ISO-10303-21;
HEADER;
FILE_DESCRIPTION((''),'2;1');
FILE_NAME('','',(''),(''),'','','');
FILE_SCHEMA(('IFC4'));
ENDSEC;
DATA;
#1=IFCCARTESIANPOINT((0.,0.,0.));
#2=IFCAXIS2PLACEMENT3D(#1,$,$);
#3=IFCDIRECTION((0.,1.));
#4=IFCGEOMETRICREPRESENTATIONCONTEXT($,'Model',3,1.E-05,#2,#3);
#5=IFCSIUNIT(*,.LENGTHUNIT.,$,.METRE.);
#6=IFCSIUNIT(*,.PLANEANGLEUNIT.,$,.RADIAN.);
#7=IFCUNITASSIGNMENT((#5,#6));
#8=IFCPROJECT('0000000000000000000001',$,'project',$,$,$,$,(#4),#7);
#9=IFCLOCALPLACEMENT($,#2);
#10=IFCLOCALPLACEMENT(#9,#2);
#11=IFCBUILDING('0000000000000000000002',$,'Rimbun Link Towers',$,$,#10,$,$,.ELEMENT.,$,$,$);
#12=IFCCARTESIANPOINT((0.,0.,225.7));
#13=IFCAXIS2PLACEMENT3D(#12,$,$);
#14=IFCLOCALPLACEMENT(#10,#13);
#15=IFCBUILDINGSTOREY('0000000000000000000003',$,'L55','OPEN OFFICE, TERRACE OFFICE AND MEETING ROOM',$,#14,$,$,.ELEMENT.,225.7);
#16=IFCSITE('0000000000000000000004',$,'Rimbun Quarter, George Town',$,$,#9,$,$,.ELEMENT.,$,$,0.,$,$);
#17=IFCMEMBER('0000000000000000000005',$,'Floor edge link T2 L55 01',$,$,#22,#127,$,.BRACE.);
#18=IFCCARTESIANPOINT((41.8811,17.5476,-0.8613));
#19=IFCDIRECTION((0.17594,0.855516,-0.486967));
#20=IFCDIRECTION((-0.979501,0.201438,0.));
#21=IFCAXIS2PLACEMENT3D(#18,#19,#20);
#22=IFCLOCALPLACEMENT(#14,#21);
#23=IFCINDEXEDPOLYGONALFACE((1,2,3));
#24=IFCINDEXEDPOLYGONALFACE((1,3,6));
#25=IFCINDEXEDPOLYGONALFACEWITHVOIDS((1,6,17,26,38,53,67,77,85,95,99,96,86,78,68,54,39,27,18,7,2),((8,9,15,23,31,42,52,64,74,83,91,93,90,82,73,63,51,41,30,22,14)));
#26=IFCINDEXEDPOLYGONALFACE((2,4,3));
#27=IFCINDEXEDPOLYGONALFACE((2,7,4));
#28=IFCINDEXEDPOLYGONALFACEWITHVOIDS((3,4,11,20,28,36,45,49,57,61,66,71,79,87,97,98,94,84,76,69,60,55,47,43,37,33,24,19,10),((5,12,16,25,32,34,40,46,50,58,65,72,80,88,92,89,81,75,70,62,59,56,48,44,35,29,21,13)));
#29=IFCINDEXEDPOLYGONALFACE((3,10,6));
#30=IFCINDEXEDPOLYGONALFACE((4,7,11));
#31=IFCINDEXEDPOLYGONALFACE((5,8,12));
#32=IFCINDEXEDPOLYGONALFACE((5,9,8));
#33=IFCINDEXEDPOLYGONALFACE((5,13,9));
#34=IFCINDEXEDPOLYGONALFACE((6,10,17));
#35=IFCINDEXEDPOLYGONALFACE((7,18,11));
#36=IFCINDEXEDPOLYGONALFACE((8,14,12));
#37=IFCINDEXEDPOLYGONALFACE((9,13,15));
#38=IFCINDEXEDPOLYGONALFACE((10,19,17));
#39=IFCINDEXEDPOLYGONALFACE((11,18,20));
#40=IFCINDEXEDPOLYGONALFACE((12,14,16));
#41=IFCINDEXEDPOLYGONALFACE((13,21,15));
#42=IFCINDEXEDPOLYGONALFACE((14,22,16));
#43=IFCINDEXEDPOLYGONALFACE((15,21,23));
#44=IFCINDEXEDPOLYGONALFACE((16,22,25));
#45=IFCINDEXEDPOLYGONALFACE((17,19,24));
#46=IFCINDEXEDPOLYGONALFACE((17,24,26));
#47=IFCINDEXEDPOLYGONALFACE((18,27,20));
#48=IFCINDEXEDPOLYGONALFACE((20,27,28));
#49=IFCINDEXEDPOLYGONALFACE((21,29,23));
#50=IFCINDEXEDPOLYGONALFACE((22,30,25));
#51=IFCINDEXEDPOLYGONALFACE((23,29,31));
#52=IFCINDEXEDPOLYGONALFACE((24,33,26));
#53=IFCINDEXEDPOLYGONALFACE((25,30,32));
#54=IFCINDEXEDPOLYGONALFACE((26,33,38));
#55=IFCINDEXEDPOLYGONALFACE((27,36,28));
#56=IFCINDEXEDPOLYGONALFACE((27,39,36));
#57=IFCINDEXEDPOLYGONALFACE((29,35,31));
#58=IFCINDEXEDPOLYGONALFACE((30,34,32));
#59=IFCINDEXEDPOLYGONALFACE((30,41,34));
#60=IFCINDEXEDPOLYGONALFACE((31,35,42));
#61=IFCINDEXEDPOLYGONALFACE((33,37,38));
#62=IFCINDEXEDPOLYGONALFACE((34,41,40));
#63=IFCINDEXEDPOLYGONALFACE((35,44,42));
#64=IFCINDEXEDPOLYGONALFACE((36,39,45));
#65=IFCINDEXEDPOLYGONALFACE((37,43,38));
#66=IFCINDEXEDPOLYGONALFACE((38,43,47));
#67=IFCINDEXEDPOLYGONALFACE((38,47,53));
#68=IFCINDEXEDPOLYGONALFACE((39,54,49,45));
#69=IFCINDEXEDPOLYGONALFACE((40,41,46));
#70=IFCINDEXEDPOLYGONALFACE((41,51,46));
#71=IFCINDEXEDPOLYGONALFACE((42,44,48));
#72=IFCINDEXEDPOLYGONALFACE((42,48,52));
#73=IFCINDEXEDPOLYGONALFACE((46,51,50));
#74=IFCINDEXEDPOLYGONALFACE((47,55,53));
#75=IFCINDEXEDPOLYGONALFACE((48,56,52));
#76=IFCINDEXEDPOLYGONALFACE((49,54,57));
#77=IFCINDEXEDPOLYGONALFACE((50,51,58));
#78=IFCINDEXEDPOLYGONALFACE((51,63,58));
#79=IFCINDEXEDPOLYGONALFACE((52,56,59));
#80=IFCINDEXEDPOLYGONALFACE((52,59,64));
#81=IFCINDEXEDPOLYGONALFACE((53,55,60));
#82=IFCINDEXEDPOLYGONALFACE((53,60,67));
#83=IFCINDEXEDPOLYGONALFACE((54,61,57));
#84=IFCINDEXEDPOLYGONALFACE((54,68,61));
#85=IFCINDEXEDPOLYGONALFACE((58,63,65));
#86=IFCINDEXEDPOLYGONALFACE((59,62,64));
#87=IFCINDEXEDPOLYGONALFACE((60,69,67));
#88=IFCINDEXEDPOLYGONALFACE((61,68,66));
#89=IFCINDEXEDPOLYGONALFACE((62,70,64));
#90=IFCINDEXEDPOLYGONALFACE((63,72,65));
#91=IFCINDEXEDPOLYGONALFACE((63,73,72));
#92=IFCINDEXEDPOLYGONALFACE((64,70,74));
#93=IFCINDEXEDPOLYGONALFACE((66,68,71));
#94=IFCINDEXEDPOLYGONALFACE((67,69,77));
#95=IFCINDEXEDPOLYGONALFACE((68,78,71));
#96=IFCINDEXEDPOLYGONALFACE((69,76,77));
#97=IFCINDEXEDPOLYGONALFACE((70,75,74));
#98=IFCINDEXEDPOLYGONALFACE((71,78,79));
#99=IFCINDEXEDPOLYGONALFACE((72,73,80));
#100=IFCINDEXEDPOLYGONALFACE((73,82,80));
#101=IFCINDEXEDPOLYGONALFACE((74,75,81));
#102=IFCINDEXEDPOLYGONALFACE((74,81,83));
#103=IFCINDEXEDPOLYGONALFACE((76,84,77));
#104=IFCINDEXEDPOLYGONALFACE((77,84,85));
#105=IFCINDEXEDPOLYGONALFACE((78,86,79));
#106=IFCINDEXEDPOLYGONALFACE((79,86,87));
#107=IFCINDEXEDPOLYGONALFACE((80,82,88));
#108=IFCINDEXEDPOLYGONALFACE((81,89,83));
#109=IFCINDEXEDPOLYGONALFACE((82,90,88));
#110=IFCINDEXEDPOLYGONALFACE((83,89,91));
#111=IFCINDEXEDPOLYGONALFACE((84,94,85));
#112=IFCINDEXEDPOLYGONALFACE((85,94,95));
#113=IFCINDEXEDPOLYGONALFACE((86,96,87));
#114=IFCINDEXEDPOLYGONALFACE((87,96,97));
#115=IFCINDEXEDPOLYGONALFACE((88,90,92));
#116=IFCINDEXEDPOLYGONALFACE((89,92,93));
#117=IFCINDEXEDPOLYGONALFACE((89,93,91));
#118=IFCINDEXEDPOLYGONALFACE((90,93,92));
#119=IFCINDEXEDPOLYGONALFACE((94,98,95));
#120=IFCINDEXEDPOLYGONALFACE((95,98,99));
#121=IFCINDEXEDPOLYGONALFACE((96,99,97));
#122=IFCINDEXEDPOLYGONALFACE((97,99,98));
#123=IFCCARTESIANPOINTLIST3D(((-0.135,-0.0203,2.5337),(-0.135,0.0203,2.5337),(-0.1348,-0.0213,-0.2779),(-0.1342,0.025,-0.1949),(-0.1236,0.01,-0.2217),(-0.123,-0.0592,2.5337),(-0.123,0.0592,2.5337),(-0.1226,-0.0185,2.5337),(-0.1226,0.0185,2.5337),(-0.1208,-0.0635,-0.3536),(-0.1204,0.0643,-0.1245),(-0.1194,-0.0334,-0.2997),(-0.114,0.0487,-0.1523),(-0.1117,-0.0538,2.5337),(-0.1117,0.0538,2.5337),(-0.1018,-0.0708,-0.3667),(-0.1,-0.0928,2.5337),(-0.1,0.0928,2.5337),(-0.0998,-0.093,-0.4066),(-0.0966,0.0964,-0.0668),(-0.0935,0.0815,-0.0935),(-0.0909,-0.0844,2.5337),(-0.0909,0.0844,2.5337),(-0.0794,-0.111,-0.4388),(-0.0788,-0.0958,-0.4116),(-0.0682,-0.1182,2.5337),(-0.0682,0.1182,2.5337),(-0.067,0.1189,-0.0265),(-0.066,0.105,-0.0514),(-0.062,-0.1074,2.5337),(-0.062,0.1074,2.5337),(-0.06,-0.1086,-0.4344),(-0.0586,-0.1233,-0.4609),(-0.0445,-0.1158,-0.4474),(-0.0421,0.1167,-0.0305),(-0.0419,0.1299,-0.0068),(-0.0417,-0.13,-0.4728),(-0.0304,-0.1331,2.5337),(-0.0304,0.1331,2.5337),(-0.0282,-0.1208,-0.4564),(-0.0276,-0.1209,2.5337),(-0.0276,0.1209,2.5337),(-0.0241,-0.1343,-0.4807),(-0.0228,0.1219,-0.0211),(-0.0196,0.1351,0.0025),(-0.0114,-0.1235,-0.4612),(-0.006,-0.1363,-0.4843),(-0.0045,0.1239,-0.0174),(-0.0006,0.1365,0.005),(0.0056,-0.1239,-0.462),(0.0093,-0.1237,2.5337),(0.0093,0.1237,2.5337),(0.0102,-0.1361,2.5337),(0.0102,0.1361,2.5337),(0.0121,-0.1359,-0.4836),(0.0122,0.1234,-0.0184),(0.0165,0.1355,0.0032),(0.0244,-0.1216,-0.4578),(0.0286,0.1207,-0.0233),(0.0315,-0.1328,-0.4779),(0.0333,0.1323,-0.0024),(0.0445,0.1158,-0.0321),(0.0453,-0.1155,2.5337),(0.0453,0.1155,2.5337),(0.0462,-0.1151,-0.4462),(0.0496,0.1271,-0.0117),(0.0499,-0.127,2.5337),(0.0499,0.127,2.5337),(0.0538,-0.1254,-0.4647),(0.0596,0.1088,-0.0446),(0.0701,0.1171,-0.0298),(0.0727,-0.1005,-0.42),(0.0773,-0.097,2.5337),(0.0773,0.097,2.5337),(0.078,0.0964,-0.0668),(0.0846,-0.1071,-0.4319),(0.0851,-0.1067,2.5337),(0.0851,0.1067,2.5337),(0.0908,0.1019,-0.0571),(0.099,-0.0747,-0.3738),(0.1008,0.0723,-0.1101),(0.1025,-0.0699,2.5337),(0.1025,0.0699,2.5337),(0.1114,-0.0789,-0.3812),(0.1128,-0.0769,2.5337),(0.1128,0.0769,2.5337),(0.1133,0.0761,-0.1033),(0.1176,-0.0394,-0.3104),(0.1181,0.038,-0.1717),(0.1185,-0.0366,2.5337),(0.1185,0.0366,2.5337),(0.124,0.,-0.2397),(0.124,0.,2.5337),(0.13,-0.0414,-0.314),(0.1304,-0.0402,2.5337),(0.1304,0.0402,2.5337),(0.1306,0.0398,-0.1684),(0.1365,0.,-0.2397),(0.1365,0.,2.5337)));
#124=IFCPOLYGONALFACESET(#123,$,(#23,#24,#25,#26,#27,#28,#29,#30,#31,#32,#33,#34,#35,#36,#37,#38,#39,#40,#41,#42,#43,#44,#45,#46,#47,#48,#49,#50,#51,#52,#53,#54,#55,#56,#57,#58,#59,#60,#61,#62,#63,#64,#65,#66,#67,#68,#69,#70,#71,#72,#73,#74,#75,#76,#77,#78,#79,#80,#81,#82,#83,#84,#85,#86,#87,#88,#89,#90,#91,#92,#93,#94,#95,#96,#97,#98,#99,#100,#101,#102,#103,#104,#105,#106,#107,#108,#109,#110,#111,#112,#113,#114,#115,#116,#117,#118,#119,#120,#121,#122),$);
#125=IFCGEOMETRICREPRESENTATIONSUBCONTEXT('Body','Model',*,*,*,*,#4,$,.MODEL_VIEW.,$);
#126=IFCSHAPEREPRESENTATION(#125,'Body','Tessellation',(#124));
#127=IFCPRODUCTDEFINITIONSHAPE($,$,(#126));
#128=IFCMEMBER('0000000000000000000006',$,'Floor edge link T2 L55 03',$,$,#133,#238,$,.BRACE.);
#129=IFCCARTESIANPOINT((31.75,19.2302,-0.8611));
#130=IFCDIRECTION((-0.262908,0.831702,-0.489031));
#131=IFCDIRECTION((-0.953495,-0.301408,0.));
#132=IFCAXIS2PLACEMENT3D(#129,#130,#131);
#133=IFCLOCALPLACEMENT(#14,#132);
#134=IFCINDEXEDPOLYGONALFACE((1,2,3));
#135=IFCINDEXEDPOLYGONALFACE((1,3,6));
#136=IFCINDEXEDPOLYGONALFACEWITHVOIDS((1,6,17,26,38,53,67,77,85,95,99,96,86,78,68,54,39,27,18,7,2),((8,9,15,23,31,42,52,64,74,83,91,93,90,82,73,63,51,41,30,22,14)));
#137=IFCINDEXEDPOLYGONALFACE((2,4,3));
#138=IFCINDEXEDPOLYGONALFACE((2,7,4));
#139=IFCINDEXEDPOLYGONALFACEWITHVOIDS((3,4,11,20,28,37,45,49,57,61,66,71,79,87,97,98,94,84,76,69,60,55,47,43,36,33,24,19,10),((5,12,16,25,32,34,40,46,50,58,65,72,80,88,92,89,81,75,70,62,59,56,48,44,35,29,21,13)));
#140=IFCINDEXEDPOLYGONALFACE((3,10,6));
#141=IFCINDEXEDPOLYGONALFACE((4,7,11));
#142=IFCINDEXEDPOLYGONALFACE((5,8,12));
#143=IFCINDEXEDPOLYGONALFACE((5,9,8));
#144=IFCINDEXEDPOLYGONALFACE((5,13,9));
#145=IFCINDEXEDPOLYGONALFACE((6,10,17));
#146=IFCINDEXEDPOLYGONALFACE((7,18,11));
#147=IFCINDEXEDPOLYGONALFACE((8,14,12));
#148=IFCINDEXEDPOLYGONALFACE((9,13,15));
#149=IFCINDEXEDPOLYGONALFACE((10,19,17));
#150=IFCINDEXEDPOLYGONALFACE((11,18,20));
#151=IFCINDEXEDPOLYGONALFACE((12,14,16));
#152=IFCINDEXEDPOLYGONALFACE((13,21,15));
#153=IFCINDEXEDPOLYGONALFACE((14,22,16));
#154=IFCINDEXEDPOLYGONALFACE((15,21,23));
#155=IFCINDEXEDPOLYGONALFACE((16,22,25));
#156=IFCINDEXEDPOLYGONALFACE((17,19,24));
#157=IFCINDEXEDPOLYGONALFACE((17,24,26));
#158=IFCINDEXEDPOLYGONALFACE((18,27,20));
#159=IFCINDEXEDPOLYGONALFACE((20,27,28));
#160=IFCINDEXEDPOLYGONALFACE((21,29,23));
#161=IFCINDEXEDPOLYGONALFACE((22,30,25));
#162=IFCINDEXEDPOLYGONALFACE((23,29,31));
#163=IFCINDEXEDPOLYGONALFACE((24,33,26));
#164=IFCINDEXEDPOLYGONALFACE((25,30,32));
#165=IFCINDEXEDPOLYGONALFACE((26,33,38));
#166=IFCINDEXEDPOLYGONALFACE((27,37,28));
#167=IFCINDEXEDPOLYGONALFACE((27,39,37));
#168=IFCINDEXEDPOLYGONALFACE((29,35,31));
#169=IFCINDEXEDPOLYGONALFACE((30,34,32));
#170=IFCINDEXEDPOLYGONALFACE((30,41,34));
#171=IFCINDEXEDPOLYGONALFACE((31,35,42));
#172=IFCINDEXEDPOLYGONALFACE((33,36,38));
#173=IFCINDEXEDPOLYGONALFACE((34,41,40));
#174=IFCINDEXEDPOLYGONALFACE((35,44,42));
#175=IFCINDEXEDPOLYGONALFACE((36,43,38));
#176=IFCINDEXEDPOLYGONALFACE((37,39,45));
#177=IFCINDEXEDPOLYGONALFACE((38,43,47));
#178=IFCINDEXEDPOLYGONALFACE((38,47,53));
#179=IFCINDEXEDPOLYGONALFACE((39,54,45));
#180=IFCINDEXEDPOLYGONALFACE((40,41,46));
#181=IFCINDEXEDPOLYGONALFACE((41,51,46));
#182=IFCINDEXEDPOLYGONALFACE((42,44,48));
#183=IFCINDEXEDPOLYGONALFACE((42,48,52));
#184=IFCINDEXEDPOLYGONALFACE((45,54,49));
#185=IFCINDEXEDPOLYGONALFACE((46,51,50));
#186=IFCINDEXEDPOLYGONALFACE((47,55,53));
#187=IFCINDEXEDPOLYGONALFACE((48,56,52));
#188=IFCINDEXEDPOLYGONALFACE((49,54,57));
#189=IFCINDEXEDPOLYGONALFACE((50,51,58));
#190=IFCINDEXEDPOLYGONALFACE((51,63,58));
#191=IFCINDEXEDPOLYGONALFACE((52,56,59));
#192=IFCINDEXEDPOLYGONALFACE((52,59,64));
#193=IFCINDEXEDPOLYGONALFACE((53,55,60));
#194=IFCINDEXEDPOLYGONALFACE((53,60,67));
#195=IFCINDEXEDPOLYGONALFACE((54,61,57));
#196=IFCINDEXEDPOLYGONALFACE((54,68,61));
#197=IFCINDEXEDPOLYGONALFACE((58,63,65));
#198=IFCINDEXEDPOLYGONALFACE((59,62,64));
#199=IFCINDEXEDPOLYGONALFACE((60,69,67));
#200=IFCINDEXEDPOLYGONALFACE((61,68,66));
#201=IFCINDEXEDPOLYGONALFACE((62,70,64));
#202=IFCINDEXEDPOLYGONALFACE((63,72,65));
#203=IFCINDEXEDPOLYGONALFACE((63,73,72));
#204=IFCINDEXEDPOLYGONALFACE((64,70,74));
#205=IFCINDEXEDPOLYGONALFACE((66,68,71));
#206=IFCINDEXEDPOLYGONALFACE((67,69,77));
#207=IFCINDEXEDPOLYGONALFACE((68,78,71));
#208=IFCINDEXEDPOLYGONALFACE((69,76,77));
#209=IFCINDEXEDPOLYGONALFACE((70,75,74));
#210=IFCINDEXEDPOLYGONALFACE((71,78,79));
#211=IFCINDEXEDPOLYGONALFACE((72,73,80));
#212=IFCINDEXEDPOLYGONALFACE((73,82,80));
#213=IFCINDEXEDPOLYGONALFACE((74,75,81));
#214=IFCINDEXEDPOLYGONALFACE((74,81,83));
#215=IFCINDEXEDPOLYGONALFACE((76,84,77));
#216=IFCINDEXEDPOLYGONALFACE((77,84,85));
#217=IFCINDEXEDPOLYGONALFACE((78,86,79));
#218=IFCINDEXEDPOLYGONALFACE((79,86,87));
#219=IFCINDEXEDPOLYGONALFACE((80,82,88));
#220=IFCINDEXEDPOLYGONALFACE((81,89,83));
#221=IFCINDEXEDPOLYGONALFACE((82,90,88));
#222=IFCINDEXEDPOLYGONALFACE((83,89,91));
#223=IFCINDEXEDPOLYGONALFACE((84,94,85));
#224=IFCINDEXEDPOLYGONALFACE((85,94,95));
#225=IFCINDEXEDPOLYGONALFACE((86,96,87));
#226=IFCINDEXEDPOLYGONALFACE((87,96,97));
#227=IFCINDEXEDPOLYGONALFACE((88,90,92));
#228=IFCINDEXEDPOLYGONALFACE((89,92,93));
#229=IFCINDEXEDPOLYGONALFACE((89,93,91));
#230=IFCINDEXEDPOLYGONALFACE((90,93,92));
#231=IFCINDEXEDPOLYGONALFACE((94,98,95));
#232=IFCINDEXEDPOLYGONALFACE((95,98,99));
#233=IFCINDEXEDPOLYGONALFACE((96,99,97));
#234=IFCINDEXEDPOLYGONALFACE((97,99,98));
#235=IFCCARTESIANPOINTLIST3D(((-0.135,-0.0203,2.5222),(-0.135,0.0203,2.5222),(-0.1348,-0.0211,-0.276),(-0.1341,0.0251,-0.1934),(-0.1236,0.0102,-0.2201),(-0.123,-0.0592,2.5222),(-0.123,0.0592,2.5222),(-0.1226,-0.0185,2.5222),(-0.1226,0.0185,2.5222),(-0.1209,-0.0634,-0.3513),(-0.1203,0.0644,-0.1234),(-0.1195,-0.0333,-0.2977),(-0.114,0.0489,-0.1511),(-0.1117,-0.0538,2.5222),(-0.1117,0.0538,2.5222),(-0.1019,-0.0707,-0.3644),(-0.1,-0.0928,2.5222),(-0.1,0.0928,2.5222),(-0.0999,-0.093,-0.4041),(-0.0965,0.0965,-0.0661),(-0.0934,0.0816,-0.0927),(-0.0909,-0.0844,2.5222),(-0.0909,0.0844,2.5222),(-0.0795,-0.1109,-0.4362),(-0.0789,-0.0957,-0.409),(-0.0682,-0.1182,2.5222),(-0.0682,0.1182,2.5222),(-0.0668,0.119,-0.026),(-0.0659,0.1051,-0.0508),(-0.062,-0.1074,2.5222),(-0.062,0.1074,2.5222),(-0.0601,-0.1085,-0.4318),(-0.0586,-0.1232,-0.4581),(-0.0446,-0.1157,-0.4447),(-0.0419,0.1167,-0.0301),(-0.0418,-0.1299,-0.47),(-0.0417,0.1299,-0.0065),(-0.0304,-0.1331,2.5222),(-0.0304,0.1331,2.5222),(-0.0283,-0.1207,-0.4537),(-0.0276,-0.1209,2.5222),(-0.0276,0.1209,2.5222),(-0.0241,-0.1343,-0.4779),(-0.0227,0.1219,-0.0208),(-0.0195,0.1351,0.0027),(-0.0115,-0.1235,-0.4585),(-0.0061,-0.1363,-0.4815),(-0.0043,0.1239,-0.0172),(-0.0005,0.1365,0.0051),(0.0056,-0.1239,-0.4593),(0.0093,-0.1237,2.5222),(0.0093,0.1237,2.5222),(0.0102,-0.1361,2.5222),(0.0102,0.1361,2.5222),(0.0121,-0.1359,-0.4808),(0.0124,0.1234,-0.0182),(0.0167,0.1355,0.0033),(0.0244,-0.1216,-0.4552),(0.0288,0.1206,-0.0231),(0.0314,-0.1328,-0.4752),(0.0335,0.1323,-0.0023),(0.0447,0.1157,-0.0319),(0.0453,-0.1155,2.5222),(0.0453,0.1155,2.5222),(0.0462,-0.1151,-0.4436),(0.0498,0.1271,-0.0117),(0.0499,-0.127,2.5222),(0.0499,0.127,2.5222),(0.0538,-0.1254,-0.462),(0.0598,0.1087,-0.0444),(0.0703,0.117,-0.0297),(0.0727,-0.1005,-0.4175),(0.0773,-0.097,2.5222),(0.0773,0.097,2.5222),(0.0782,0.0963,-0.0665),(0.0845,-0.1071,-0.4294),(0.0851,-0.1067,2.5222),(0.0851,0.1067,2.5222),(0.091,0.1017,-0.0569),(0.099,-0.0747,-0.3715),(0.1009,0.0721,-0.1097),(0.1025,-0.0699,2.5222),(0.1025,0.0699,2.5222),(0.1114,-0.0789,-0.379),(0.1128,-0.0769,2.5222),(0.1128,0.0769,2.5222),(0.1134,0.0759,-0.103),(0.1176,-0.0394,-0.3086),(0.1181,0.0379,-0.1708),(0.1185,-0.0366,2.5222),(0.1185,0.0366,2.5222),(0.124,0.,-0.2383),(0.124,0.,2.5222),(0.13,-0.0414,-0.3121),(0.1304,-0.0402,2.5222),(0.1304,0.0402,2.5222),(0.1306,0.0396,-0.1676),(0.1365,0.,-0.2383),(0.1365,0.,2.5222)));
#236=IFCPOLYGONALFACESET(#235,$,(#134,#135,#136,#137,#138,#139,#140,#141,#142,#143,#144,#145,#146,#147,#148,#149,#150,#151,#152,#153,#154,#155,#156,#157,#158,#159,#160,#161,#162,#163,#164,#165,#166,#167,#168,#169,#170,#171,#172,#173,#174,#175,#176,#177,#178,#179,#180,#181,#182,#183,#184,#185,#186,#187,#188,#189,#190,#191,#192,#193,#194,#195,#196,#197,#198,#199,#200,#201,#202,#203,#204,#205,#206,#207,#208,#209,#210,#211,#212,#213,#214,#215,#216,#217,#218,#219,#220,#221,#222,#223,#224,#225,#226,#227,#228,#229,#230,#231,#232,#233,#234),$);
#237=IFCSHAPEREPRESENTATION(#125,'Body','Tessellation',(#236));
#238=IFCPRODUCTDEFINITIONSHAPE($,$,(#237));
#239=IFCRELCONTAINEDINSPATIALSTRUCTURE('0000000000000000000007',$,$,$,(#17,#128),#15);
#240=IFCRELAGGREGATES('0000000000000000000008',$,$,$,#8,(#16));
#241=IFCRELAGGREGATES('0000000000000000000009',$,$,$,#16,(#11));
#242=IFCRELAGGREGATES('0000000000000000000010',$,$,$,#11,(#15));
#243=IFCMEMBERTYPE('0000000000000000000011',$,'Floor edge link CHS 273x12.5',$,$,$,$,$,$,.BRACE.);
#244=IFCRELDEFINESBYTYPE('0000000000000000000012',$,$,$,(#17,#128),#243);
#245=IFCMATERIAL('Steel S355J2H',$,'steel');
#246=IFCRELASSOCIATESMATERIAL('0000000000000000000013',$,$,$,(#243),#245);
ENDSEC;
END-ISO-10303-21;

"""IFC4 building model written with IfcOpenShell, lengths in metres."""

from ifc_helpers import new_model, si_unit, direction, frame, origin, origin_2d, place, context, subcontext, project, spatial, hollow_circle, extrude, clip, halfspace, material, material_profile, profile_set, type_object, element, save


model = new_model("IFC4")

# Units and contexts
model_context = context("Model", 3, precision=1e-05, world=origin(), true_north=direction((0.0, 1.0)))
body_context = subcontext(model_context, "Body", "Model", "MODEL_VIEW")
ifc_project = project(units=[si_unit("LENGTHUNIT", "METRE"), si_unit("PLANEANGLEUNIT", "RADIAN")], contexts=[model_context])

# Site, building, storey
site_placement = place(None, origin())
site = spatial("IfcSite", under=ifc_project, at=site_placement, Name="Rimbun Quarter, George Town", CompositionType="ELEMENT", RefElevation=0.0)
building_placement = place(site_placement, origin())
building = spatial("IfcBuilding", under=site, at=building_placement, Name="Rimbun Link Towers", CompositionType="ELEMENT")
storey_placement = place(building_placement, frame((0.0, 0.0, 225.7)))
storey = spatial("IfcBuildingStorey", under=building, at=storey_placement, Name="L55", Description="OPEN OFFICE, TERRACE OFFICE AND MEETING ROOM", CompositionType="ELEMENT", Elevation=225.7)

# Members
ifc_material_1 = material(Name="Steel S355J2H", Category="steel")
ifc_material_profile_1 = material_profile(ifc_material_1, hollow_circle(Radius=0.1365, WallThickness=0.0125, at=origin_2d()), Name="CHS 273x12.5")
ifc_profile_set_1 = profile_set([ifc_material_profile_1], Name="Steel S355J2H")
member_type_1 = type_object("IfcMemberType", Name="Floor edge link CHS 273x12.5", PredefinedType="BRACE", material=ifc_profile_set_1)
member_1_placement = place(storey_placement, frame((41.8811, 17.5476, -0.8613), z_axis=(0.17594, 0.855516, -0.486967), x_axis=(-0.979501, 0.201438, 0.0)))
element("IfcMember", 1, at=member_1_placement, inside=storey, type_object=member_type_1, Name="Floor edge link T2 L55 01", PredefinedType="BRACE", context=body_context, shape_type="Clipping", body=[
    clip(extrude(hollow_circle(Radius=0.1365, WallThickness=0.0125, at=origin_2d()), frame((0.0, 0.0, -0.5103)), (0.0, 0.0, 1.0), 3.0439), halfspace(frame((0.0, 0.0, -0.2397), z_axis=(0.0, 0.87342, -0.486967)), False)),
])
member_2_placement = place(storey_placement, frame((31.75, 19.2302, -0.8611), z_axis=(-0.262908, 0.831702, -0.489031), x_axis=(-0.953495, -0.301408, 0.0)))
element("IfcMember", 2, at=member_2_placement, inside=storey, type_object=member_type_1, Name="Floor edge link T2 L55 03", PredefinedType="BRACE", context=body_context, shape_type="Clipping", body=[
    clip(extrude(hollow_circle(Radius=0.1365, WallThickness=0.0125, at=origin_2d()), frame((0.0, 0.0, -0.5073)), (0.0, 0.0, 1.0), 3.0295), halfspace(frame((0.0, 0.0, -0.2383), z_axis=(0.0, 0.872266, -0.489031)), False)),
])

save(model, "model.ifc")
